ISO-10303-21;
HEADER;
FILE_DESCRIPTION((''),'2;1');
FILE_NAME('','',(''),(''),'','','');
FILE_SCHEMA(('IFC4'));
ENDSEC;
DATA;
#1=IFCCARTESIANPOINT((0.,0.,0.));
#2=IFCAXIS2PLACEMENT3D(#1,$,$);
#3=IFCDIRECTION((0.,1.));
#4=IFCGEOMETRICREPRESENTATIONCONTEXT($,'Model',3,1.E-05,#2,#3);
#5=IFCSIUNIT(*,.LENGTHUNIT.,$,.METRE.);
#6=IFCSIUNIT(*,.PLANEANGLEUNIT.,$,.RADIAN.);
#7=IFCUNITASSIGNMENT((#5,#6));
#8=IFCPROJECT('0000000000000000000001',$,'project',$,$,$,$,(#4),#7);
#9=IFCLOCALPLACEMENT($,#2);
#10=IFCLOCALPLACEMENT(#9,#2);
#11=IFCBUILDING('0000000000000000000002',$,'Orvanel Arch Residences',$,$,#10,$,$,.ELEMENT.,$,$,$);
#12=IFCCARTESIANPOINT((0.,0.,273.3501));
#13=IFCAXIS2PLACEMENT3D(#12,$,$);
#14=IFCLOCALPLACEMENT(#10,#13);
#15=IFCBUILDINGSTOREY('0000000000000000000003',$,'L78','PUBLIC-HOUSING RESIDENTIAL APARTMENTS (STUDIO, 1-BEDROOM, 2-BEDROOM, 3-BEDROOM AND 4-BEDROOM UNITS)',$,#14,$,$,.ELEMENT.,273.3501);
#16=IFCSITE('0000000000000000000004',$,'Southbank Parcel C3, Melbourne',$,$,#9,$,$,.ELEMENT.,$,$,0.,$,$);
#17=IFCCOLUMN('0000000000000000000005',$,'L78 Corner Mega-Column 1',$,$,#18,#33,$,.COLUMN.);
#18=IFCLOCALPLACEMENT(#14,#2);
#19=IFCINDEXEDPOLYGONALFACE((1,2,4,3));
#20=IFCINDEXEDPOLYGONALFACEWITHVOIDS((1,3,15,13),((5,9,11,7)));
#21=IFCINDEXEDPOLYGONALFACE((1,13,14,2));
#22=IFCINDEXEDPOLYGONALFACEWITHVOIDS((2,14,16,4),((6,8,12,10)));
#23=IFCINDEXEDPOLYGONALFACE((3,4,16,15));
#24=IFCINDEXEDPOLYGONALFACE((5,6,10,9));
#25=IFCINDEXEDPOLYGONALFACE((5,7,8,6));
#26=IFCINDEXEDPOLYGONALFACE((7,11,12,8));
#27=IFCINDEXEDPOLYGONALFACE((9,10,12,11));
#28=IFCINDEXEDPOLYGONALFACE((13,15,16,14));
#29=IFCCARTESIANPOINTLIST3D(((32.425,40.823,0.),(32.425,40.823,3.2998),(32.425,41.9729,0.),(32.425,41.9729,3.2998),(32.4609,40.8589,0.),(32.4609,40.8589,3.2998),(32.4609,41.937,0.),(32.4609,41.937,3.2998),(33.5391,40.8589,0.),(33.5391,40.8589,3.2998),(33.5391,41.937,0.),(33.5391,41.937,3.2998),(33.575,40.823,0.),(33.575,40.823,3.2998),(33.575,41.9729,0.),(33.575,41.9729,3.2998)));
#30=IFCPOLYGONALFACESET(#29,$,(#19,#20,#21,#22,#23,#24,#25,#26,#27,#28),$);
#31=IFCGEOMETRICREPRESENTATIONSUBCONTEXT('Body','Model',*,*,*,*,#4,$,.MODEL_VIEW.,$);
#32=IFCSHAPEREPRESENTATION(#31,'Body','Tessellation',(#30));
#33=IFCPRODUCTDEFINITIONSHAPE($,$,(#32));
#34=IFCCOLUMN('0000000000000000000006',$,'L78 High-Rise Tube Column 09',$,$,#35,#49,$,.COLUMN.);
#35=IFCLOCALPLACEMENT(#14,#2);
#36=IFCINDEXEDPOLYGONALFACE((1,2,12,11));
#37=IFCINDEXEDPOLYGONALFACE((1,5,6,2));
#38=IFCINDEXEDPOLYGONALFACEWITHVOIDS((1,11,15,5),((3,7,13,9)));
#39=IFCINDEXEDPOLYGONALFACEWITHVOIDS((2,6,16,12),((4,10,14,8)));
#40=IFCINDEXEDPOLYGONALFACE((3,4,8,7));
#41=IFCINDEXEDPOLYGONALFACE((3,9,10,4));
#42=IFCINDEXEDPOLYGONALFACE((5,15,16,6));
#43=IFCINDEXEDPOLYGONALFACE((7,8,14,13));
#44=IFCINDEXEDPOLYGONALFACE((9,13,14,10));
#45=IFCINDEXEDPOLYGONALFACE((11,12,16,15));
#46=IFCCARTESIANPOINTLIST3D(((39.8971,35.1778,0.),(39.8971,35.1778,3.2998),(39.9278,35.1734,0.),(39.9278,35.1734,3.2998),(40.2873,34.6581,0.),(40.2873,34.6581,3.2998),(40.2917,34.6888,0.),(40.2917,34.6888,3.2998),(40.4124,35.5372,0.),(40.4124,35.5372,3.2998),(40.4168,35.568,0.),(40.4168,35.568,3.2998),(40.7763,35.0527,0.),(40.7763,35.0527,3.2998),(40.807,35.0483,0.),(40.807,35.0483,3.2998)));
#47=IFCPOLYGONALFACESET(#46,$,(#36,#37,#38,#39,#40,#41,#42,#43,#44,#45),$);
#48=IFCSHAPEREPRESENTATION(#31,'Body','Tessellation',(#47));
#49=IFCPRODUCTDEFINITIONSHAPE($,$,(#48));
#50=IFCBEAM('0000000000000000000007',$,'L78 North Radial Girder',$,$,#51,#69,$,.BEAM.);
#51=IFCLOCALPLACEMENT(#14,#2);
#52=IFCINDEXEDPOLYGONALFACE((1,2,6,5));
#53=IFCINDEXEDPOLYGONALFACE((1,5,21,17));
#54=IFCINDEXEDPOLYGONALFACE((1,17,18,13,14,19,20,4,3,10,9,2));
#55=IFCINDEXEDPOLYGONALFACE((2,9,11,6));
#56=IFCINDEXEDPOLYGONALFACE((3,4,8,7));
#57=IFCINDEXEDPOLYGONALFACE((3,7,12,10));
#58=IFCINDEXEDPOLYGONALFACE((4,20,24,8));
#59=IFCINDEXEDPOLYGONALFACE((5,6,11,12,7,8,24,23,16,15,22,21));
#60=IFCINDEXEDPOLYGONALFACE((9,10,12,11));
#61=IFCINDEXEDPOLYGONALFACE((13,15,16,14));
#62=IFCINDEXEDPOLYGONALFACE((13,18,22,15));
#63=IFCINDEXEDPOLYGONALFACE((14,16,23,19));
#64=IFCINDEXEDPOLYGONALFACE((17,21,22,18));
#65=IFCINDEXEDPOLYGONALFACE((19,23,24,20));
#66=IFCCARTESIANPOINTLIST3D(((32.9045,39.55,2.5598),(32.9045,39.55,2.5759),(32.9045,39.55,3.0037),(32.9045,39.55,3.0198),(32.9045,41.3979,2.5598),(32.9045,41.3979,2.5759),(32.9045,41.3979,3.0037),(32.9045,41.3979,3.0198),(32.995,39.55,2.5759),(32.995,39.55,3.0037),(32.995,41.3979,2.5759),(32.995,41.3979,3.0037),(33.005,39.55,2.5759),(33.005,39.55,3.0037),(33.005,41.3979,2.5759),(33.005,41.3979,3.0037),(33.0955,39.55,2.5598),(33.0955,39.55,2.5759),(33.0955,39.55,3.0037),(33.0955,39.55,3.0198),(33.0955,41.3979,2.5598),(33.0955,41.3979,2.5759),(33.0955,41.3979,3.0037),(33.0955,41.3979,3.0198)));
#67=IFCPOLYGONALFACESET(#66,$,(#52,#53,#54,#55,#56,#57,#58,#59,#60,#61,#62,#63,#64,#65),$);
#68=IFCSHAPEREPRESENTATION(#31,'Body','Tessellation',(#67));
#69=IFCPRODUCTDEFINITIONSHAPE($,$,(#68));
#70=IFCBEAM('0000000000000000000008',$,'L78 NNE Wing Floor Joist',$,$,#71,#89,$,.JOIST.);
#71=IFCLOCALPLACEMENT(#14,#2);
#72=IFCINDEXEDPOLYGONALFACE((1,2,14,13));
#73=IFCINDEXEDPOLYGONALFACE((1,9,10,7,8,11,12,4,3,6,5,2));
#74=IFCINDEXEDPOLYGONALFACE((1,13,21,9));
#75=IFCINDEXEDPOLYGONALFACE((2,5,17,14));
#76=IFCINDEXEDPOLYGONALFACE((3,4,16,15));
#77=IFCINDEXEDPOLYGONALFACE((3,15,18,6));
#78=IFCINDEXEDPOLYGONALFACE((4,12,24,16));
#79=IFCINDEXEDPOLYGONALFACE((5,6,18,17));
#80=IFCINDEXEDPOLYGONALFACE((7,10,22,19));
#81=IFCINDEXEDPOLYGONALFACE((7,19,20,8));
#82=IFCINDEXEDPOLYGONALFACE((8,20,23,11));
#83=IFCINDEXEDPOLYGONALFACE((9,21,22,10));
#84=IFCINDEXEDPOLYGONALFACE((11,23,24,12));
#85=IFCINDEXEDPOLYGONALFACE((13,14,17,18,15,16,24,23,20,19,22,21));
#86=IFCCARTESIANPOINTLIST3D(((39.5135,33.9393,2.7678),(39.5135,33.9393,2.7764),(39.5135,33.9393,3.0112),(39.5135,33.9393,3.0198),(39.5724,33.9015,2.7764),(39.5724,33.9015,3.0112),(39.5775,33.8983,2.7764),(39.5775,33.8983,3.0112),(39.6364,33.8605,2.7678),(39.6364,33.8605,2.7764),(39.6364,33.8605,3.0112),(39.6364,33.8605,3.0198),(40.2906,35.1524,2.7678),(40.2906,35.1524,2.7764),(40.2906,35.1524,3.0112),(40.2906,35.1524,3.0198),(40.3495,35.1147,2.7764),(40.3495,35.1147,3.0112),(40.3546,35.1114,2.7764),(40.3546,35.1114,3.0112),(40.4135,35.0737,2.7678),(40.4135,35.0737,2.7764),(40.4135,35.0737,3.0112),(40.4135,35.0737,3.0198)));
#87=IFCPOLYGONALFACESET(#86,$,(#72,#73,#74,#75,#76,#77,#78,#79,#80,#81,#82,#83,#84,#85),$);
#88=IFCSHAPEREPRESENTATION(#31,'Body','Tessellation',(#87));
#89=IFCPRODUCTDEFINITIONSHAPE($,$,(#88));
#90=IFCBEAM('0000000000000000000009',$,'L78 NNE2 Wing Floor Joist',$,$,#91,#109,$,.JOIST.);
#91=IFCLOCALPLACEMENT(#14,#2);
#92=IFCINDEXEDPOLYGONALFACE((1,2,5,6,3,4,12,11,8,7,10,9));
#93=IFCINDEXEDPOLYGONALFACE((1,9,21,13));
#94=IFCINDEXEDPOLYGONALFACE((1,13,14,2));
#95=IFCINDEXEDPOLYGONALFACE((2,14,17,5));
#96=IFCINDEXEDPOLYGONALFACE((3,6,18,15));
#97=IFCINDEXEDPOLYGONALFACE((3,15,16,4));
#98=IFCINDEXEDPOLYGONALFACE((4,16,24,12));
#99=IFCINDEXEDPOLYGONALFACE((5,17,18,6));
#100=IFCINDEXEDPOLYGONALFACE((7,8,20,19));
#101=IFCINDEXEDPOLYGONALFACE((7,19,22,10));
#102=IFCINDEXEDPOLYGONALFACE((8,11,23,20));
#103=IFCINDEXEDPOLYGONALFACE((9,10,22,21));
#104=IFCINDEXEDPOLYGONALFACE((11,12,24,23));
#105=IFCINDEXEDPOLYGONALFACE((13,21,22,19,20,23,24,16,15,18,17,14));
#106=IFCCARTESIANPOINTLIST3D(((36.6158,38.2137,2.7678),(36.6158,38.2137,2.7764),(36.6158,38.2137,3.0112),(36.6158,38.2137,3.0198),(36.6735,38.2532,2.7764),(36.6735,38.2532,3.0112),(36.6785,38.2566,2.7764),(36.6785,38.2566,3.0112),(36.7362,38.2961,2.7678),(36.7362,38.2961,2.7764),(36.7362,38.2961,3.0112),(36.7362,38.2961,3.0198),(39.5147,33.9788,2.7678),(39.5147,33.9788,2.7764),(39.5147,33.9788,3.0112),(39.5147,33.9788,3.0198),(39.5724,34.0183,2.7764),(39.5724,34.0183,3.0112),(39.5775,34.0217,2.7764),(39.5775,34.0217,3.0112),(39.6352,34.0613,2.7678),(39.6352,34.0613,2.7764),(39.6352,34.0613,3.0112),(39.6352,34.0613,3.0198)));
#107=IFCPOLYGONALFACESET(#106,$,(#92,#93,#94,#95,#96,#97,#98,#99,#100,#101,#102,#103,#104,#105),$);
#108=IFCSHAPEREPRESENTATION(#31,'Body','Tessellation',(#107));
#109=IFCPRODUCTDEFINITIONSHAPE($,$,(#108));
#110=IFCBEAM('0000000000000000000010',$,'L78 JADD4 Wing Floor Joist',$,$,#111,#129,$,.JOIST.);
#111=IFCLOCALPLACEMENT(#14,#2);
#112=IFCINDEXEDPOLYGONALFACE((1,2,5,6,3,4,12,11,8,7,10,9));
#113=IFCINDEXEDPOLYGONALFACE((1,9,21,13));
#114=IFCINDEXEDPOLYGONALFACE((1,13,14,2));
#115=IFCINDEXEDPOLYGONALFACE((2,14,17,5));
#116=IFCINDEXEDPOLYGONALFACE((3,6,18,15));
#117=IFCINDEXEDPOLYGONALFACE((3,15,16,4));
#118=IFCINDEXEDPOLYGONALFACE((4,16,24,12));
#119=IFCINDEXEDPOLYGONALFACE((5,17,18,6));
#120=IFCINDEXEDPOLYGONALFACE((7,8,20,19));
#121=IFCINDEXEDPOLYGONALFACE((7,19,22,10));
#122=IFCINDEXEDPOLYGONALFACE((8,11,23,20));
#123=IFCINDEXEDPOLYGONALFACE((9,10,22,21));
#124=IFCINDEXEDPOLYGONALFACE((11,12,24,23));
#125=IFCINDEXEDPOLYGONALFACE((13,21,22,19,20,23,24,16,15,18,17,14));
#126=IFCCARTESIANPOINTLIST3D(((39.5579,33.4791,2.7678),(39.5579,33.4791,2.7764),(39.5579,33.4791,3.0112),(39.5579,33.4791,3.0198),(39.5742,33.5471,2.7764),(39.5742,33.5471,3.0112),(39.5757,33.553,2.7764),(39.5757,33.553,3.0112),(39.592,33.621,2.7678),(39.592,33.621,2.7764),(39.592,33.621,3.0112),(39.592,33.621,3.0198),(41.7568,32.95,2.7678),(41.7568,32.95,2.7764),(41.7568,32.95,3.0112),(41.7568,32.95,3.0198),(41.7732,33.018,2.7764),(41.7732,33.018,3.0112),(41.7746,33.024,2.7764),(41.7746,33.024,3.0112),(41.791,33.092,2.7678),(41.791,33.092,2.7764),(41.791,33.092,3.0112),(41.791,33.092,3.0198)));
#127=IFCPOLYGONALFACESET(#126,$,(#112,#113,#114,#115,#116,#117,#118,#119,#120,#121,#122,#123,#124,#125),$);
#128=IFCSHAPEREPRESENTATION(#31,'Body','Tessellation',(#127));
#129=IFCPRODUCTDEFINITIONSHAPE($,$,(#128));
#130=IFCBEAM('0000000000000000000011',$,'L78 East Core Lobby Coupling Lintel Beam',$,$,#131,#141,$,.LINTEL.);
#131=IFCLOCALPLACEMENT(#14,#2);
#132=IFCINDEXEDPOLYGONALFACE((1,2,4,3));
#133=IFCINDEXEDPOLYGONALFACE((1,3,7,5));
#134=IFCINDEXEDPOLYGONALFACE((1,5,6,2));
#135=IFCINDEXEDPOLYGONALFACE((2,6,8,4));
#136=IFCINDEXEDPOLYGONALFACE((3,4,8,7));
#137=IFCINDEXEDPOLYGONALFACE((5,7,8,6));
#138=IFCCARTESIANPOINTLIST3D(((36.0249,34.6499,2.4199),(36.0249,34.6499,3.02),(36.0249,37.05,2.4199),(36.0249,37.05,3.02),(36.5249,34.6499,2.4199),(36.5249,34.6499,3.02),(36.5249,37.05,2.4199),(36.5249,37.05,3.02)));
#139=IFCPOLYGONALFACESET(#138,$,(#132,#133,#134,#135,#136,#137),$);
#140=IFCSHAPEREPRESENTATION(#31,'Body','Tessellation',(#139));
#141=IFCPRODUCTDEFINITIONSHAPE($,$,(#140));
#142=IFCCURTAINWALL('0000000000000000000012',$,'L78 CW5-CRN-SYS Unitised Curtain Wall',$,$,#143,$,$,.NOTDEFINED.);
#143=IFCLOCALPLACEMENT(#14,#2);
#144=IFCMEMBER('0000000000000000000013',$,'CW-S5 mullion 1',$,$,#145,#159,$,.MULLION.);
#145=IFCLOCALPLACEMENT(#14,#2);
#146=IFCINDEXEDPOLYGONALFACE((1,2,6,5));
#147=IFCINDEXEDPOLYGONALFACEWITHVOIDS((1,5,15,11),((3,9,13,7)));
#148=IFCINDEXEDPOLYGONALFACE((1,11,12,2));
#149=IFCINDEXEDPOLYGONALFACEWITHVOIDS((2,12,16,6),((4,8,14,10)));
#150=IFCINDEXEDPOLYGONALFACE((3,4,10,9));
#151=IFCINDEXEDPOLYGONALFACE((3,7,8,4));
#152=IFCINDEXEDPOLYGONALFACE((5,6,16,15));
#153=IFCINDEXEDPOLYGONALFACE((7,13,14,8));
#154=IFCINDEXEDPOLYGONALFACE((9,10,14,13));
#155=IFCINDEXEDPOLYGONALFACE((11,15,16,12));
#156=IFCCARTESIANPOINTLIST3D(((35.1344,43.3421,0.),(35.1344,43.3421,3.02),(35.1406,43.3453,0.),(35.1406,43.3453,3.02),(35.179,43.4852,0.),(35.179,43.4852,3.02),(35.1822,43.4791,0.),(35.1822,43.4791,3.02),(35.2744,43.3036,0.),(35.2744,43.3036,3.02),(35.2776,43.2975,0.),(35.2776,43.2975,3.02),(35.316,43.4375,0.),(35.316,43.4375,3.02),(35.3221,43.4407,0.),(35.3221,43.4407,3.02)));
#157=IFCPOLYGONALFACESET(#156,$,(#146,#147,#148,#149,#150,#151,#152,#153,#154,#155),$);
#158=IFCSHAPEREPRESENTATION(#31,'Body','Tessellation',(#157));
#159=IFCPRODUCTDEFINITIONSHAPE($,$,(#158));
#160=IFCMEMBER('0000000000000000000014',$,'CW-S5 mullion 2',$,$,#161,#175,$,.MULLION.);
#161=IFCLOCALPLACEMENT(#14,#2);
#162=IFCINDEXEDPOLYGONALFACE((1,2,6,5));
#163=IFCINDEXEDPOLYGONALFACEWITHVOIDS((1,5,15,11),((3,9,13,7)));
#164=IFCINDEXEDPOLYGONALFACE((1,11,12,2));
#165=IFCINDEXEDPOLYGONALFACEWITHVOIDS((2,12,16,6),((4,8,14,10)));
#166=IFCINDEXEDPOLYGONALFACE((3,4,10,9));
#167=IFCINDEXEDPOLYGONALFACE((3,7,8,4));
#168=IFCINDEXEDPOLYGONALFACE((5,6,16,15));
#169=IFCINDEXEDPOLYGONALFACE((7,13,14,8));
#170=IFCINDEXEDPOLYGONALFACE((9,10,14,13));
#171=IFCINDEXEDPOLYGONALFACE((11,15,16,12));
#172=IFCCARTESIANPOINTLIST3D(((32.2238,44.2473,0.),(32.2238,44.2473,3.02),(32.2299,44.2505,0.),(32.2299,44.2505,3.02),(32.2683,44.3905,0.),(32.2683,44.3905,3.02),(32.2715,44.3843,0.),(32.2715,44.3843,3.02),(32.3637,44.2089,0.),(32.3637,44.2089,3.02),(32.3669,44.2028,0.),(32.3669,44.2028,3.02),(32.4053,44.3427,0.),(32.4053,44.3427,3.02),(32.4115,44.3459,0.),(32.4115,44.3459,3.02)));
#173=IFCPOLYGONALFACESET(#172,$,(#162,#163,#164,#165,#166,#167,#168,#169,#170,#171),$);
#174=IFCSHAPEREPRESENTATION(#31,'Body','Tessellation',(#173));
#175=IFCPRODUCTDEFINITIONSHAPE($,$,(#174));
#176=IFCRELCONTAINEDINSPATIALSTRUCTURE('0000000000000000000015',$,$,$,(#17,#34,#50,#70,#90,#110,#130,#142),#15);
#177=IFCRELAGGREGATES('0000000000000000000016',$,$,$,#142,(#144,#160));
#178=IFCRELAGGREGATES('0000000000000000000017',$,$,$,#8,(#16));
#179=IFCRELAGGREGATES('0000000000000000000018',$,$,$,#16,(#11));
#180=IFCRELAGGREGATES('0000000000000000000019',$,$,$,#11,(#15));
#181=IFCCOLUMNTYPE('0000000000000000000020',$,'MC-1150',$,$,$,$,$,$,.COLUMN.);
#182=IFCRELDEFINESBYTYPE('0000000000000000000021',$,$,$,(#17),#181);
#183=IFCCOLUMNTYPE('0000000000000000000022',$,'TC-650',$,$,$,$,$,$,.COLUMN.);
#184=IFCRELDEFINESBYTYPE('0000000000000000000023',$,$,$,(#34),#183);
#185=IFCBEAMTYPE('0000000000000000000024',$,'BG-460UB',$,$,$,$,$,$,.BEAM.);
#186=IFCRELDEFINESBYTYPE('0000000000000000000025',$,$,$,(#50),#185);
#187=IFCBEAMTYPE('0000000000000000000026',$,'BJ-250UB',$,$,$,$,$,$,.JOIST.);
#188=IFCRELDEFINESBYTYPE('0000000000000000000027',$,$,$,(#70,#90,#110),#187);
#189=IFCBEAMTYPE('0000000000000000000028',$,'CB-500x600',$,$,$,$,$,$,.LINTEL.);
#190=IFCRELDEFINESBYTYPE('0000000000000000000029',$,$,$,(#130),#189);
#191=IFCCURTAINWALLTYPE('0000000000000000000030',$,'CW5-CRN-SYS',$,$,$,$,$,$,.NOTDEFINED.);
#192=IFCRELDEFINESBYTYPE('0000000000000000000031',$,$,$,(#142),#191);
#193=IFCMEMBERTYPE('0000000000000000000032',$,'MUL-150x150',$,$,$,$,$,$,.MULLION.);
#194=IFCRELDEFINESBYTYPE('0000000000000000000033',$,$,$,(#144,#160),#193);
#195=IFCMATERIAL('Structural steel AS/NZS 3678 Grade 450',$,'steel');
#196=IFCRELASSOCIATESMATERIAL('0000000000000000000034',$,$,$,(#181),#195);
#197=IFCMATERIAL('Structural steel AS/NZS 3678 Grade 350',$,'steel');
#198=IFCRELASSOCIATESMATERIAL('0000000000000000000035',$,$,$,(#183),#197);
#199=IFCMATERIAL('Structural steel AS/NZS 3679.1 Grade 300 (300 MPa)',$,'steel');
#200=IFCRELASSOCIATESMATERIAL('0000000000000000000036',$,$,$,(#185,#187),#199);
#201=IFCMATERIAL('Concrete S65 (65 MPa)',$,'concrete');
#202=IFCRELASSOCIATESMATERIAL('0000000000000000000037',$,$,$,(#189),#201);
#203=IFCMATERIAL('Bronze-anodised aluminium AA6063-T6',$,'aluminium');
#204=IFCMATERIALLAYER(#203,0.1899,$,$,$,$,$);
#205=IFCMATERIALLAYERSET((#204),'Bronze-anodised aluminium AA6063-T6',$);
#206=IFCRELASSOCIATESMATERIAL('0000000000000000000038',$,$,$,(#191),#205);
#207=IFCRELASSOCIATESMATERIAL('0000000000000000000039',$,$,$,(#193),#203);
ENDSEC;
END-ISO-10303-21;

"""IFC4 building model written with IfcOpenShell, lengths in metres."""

from ifc_helpers import new_model, si_unit, direction, frame, origin, origin_2d, place, context, subcontext, project, spatial, rectangle, hollow_rectangle, i_section, extrude, material, layer, layer_set, material_profile, profile_set, type_object, element, aggregate, save


model = new_model("IFC4")

# Units and contexts
model_context = context("Model", 3, precision=1e-05, world=origin(), true_north=direction((0.0, 1.0)))
body_context = subcontext(model_context, "Body", "Model", "MODEL_VIEW")
ifc_project = project(units=[si_unit("LENGTHUNIT", "METRE"), si_unit("PLANEANGLEUNIT", "RADIAN")], contexts=[model_context])

# Site, building, storey
site_placement = place(None, origin())
site = spatial("IfcSite", under=ifc_project, at=site_placement, Name="Southbank Parcel C3, Melbourne", CompositionType="ELEMENT", RefElevation=0.0)
building_placement = place(site_placement, origin())
building = spatial("IfcBuilding", under=site, at=building_placement, Name="Orvanel Arch Residences", CompositionType="ELEMENT")
storey_placement = place(building_placement, frame((0.0, 0.0, 273.3501)))
storey = spatial("IfcBuildingStorey", under=building, at=storey_placement, Name="L78", Description="PUBLIC-HOUSING RESIDENTIAL APARTMENTS (STUDIO, 1-BEDROOM, 2-BEDROOM, 3-BEDROOM AND 4-BEDROOM UNITS)", CompositionType="ELEMENT", Elevation=273.3501)

# Columns
ifc_material_1 = material(Name="Structural steel AS/NZS 3678 Grade 450", Category="steel")
ifc_material_profile_1 = material_profile(ifc_material_1, hollow_rectangle(XDim=1.1499, YDim=1.1499, WallThickness=0.0359, at=origin_2d()), Name="BOX1150x1150x36")
ifc_profile_set_1 = profile_set([ifc_material_profile_1], Name="Structural steel AS/NZS 3678 Grade 450")
column_type_1 = type_object("IfcColumnType", Name="MC-1150", PredefinedType="COLUMN", material=ifc_profile_set_1)
column_1_placement = place(storey_placement, frame((33.0, 41.3979, 0.0), z_axis=(0.0, 0.0, 1.0), x_axis=(1.0, 0.0, 0.0)))
element("IfcColumn", 1, at=column_1_placement, inside=storey, type_object=column_type_1, Name="L78 Corner Mega-Column 1", PredefinedType="COLUMN", context=body_context, shape_type="SweptSolid", body=[
    extrude(hollow_rectangle(XDim=1.1499, YDim=1.1499, WallThickness=0.0359, at=origin_2d()), origin(), (0.0, 0.0, 1.0), 3.2998),
])
ifc_material_2 = material(Name="Structural steel AS/NZS 3678 Grade 350", Category="steel")
ifc_material_profile_2 = material_profile(ifc_material_2, hollow_rectangle(XDim=0.6499, YDim=0.6499, WallThickness=0.022, at=origin_2d()), Name="BOX650x650x22")
ifc_profile_set_2 = profile_set([ifc_material_profile_2], Name="Structural steel AS/NZS 3678 Grade 350")
column_type_2 = type_object("IfcColumnType", Name="TC-650", PredefinedType="COLUMN", material=ifc_profile_set_2)
column_2_placement = place(storey_placement, frame((40.3521, 35.113, 0.0), z_axis=(0.0, 0.0, 1.0), x_axis=(-0.60042, 0.799685, 0.0)))
element("IfcColumn", 2, at=column_2_placement, inside=storey, type_object=column_type_2, Name="L78 High-Rise Tube Column 09", PredefinedType="COLUMN", context=body_context, shape_type="SweptSolid", body=[
    extrude(hollow_rectangle(XDim=0.6499, YDim=0.6499, WallThickness=0.022, at=origin_2d()), origin(), (0.0, 0.0, 1.0), 3.2998),
])

# Beams
ifc_material_3 = material(Name="Structural steel AS/NZS 3679.1 Grade 300 (300 MPa)", Category="steel")
ifc_material_profile_3 = material_profile(ifc_material_3, i_section(OverallWidth=0.1909, OverallDepth=0.46, WebThickness=0.01, FlangeThickness=0.0161, at=origin_2d()), Name="460UB82.1")
ifc_profile_set_3 = profile_set([ifc_material_profile_3], Name="Structural steel AS/NZS 3679.1 Grade 300 (300 MPa)")
beam_type_1 = type_object("IfcBeamType", Name="BG-460UB", PredefinedType="BEAM", material=ifc_profile_set_3)
beam_1_placement = place(storey_placement, frame((33.0, 39.55, 2.7898), z_axis=(0.0, 1.0, 0.0), x_axis=(-1.0, 0.0, 0.0)))
element("IfcBeam", 3, at=beam_1_placement, inside=storey, type_object=beam_type_1, Name="L78 North Radial Girder", PredefinedType="BEAM", context=body_context, shape_type="SweptSolid", body=[
    extrude(i_section(OverallWidth=0.1909, OverallDepth=0.46, WebThickness=0.01, FlangeThickness=0.0161, at=origin_2d()), origin(), (0.0, 0.0, 1.0), 1.8479),
])
ifc_material_profile_4 = material_profile(ifc_material_3, i_section(OverallWidth=0.146, OverallDepth=0.252, WebThickness=0.0061, FlangeThickness=0.0085, at=origin_2d()), Name="250UB31.4")
ifc_profile_set_4 = profile_set([ifc_material_profile_4], Name="Structural steel AS/NZS 3679.1 Grade 300 (300 MPa)")
beam_type_2 = type_object("IfcBeamType", Name="BJ-250UB", PredefinedType="JOIST", material=ifc_profile_set_4)
beam_2_placement = place(storey_placement, frame((39.575, 33.8999, 2.8938), z_axis=(0.539395, 0.842053, 0.0), x_axis=(-0.842053, 0.539395, 0.0)))
element("IfcBeam", 4, at=beam_2_placement, inside=storey, type_object=beam_type_2, Name="L78 NNE Wing Floor Joist", PredefinedType="JOIST", context=body_context, shape_type="SweptSolid", body=[
    extrude(i_section(OverallWidth=0.146, OverallDepth=0.252, WebThickness=0.0061, FlangeThickness=0.0085, at=origin_2d()), origin(), (0.0, 0.0, 1.0), 1.4407),
])
beam_3_placement = place(storey_placement, frame((39.575, 34.02, 2.8938), z_axis=(-0.564868, 0.825181, 0.0), x_axis=(-0.825181, -0.564868, 0.0)))
element("IfcBeam", 5, at=beam_3_placement, inside=storey, type_object=beam_type_2, Name="L78 NNE2 Wing Floor Joist", PredefinedType="JOIST", context=body_context, shape_type="SweptSolid", body=[
    extrude(i_section(OverallWidth=0.146, OverallDepth=0.252, WebThickness=0.0061, FlangeThickness=0.0085, at=origin_2d()), origin(), (0.0, 0.0, 1.0), 5.1321),
])
beam_4_placement = place(storey_placement, frame((39.575, 33.55, 2.8938), z_axis=(0.972257, -0.233916, 0.0), x_axis=(0.233916, 0.972257, 0.0)))
element("IfcBeam", 6, at=beam_4_placement, inside=storey, type_object=beam_type_2, Name="L78 JADD4 Wing Floor Joist", PredefinedType="JOIST", context=body_context, shape_type="SweptSolid", body=[
    extrude(i_section(OverallWidth=0.146, OverallDepth=0.252, WebThickness=0.0061, FlangeThickness=0.0085, at=origin_2d()), origin(), (0.0, 0.0, 1.0), 2.2617),
])
ifc_material_4 = material(Name="Concrete S65 (65 MPa)", Category="concrete")
ifc_material_profile_5 = material_profile(ifc_material_4, rectangle(XDim=0.5, YDim=0.6001, at=origin_2d()), Name="RC500x600")
ifc_profile_set_5 = profile_set([ifc_material_profile_5], Name="Concrete S65 (65 MPa)")
beam_type_3 = type_object("IfcBeamType", Name="CB-500x600", PredefinedType="LINTEL", material=ifc_profile_set_5)
beam_5_placement = place(storey_placement, frame((36.2749, 34.6499, 2.72), z_axis=(0.0, 1.0, 0.0), x_axis=(-1.0, 0.0, 0.0)))
element("IfcBeam", 7, at=beam_5_placement, inside=storey, type_object=beam_type_3, Name="L78 East Core Lobby Coupling Lintel Beam", PredefinedType="LINTEL", context=body_context, shape_type="SweptSolid", body=[
    extrude(rectangle(XDim=0.5, YDim=0.6001, at=origin_2d()), origin(), (0.0, 0.0, 1.0), 2.4001),
])

# Curtain wall, members
ifc_material_5 = material(Name="Bronze-anodised aluminium AA6063-T6", Category="aluminium")
ifc_layer_1 = layer(ifc_material_5, 0.1899)
ifc_layer_set_1 = layer_set([ifc_layer_1], Name="Bronze-anodised aluminium AA6063-T6")
curtain_wall_type_1 = type_object("IfcCurtainWallType", Name="CW5-CRN-SYS", PredefinedType="NOTDEFINED", material=ifc_layer_set_1)
curtain_wall_1_placement = place(storey_placement, origin())
curtain_wall_1 = element("IfcCurtainWall", 8, at=curtain_wall_1_placement, inside=storey, type_object=curtain_wall_type_1, Name="L78 CW5-CRN-SYS Unitised Curtain Wall", PredefinedType="NOTDEFINED")
ifc_material_profile_6 = material_profile(ifc_material_5, hollow_rectangle(XDim=0.1499, YDim=0.1499, WallThickness=0.0049, at=origin_2d()), Name="ALU150x150x5")
ifc_profile_set_6 = profile_set([ifc_material_profile_6], Name="Bronze-anodised aluminium AA6063-T6")
member_type_1 = type_object("IfcMemberType", Name="MUL-150x150", PredefinedType="MULLION", material=ifc_profile_set_6)
member_1_placement = place(storey_placement, frame((35.2283, 43.3914, 0.0), z_axis=(0.0, 0.0, 1.0), x_axis=(-0.297029, -0.954869, 0.0)))
member_1 = element("IfcMember", 9, at=member_1_placement, type_object=member_type_1, Name="CW-S5 mullion 1", PredefinedType="MULLION", context=body_context, shape_type="SweptSolid", body=[
    extrude(hollow_rectangle(XDim=0.1499, YDim=0.1499, WallThickness=0.0049, at=origin_2d()), origin(), (0.0, 0.0, 1.0), 3.02),
])
member_2_placement = place(storey_placement, frame((32.3176, 44.2966, 0.0), z_axis=(0.0, 0.0, 1.0), x_axis=(-0.297029, -0.954869, 0.0)))
member_2 = element("IfcMember", 10, at=member_2_placement, type_object=member_type_1, Name="CW-S5 mullion 2", PredefinedType="MULLION", context=body_context, shape_type="SweptSolid", body=[
    extrude(hollow_rectangle(XDim=0.1499, YDim=0.1499, WallThickness=0.0049, at=origin_2d()), origin(), (0.0, 0.0, 1.0), 3.02),
])

aggregate(curtain_wall_1, [member_1, member_2])

save(model, "model.ifc")
